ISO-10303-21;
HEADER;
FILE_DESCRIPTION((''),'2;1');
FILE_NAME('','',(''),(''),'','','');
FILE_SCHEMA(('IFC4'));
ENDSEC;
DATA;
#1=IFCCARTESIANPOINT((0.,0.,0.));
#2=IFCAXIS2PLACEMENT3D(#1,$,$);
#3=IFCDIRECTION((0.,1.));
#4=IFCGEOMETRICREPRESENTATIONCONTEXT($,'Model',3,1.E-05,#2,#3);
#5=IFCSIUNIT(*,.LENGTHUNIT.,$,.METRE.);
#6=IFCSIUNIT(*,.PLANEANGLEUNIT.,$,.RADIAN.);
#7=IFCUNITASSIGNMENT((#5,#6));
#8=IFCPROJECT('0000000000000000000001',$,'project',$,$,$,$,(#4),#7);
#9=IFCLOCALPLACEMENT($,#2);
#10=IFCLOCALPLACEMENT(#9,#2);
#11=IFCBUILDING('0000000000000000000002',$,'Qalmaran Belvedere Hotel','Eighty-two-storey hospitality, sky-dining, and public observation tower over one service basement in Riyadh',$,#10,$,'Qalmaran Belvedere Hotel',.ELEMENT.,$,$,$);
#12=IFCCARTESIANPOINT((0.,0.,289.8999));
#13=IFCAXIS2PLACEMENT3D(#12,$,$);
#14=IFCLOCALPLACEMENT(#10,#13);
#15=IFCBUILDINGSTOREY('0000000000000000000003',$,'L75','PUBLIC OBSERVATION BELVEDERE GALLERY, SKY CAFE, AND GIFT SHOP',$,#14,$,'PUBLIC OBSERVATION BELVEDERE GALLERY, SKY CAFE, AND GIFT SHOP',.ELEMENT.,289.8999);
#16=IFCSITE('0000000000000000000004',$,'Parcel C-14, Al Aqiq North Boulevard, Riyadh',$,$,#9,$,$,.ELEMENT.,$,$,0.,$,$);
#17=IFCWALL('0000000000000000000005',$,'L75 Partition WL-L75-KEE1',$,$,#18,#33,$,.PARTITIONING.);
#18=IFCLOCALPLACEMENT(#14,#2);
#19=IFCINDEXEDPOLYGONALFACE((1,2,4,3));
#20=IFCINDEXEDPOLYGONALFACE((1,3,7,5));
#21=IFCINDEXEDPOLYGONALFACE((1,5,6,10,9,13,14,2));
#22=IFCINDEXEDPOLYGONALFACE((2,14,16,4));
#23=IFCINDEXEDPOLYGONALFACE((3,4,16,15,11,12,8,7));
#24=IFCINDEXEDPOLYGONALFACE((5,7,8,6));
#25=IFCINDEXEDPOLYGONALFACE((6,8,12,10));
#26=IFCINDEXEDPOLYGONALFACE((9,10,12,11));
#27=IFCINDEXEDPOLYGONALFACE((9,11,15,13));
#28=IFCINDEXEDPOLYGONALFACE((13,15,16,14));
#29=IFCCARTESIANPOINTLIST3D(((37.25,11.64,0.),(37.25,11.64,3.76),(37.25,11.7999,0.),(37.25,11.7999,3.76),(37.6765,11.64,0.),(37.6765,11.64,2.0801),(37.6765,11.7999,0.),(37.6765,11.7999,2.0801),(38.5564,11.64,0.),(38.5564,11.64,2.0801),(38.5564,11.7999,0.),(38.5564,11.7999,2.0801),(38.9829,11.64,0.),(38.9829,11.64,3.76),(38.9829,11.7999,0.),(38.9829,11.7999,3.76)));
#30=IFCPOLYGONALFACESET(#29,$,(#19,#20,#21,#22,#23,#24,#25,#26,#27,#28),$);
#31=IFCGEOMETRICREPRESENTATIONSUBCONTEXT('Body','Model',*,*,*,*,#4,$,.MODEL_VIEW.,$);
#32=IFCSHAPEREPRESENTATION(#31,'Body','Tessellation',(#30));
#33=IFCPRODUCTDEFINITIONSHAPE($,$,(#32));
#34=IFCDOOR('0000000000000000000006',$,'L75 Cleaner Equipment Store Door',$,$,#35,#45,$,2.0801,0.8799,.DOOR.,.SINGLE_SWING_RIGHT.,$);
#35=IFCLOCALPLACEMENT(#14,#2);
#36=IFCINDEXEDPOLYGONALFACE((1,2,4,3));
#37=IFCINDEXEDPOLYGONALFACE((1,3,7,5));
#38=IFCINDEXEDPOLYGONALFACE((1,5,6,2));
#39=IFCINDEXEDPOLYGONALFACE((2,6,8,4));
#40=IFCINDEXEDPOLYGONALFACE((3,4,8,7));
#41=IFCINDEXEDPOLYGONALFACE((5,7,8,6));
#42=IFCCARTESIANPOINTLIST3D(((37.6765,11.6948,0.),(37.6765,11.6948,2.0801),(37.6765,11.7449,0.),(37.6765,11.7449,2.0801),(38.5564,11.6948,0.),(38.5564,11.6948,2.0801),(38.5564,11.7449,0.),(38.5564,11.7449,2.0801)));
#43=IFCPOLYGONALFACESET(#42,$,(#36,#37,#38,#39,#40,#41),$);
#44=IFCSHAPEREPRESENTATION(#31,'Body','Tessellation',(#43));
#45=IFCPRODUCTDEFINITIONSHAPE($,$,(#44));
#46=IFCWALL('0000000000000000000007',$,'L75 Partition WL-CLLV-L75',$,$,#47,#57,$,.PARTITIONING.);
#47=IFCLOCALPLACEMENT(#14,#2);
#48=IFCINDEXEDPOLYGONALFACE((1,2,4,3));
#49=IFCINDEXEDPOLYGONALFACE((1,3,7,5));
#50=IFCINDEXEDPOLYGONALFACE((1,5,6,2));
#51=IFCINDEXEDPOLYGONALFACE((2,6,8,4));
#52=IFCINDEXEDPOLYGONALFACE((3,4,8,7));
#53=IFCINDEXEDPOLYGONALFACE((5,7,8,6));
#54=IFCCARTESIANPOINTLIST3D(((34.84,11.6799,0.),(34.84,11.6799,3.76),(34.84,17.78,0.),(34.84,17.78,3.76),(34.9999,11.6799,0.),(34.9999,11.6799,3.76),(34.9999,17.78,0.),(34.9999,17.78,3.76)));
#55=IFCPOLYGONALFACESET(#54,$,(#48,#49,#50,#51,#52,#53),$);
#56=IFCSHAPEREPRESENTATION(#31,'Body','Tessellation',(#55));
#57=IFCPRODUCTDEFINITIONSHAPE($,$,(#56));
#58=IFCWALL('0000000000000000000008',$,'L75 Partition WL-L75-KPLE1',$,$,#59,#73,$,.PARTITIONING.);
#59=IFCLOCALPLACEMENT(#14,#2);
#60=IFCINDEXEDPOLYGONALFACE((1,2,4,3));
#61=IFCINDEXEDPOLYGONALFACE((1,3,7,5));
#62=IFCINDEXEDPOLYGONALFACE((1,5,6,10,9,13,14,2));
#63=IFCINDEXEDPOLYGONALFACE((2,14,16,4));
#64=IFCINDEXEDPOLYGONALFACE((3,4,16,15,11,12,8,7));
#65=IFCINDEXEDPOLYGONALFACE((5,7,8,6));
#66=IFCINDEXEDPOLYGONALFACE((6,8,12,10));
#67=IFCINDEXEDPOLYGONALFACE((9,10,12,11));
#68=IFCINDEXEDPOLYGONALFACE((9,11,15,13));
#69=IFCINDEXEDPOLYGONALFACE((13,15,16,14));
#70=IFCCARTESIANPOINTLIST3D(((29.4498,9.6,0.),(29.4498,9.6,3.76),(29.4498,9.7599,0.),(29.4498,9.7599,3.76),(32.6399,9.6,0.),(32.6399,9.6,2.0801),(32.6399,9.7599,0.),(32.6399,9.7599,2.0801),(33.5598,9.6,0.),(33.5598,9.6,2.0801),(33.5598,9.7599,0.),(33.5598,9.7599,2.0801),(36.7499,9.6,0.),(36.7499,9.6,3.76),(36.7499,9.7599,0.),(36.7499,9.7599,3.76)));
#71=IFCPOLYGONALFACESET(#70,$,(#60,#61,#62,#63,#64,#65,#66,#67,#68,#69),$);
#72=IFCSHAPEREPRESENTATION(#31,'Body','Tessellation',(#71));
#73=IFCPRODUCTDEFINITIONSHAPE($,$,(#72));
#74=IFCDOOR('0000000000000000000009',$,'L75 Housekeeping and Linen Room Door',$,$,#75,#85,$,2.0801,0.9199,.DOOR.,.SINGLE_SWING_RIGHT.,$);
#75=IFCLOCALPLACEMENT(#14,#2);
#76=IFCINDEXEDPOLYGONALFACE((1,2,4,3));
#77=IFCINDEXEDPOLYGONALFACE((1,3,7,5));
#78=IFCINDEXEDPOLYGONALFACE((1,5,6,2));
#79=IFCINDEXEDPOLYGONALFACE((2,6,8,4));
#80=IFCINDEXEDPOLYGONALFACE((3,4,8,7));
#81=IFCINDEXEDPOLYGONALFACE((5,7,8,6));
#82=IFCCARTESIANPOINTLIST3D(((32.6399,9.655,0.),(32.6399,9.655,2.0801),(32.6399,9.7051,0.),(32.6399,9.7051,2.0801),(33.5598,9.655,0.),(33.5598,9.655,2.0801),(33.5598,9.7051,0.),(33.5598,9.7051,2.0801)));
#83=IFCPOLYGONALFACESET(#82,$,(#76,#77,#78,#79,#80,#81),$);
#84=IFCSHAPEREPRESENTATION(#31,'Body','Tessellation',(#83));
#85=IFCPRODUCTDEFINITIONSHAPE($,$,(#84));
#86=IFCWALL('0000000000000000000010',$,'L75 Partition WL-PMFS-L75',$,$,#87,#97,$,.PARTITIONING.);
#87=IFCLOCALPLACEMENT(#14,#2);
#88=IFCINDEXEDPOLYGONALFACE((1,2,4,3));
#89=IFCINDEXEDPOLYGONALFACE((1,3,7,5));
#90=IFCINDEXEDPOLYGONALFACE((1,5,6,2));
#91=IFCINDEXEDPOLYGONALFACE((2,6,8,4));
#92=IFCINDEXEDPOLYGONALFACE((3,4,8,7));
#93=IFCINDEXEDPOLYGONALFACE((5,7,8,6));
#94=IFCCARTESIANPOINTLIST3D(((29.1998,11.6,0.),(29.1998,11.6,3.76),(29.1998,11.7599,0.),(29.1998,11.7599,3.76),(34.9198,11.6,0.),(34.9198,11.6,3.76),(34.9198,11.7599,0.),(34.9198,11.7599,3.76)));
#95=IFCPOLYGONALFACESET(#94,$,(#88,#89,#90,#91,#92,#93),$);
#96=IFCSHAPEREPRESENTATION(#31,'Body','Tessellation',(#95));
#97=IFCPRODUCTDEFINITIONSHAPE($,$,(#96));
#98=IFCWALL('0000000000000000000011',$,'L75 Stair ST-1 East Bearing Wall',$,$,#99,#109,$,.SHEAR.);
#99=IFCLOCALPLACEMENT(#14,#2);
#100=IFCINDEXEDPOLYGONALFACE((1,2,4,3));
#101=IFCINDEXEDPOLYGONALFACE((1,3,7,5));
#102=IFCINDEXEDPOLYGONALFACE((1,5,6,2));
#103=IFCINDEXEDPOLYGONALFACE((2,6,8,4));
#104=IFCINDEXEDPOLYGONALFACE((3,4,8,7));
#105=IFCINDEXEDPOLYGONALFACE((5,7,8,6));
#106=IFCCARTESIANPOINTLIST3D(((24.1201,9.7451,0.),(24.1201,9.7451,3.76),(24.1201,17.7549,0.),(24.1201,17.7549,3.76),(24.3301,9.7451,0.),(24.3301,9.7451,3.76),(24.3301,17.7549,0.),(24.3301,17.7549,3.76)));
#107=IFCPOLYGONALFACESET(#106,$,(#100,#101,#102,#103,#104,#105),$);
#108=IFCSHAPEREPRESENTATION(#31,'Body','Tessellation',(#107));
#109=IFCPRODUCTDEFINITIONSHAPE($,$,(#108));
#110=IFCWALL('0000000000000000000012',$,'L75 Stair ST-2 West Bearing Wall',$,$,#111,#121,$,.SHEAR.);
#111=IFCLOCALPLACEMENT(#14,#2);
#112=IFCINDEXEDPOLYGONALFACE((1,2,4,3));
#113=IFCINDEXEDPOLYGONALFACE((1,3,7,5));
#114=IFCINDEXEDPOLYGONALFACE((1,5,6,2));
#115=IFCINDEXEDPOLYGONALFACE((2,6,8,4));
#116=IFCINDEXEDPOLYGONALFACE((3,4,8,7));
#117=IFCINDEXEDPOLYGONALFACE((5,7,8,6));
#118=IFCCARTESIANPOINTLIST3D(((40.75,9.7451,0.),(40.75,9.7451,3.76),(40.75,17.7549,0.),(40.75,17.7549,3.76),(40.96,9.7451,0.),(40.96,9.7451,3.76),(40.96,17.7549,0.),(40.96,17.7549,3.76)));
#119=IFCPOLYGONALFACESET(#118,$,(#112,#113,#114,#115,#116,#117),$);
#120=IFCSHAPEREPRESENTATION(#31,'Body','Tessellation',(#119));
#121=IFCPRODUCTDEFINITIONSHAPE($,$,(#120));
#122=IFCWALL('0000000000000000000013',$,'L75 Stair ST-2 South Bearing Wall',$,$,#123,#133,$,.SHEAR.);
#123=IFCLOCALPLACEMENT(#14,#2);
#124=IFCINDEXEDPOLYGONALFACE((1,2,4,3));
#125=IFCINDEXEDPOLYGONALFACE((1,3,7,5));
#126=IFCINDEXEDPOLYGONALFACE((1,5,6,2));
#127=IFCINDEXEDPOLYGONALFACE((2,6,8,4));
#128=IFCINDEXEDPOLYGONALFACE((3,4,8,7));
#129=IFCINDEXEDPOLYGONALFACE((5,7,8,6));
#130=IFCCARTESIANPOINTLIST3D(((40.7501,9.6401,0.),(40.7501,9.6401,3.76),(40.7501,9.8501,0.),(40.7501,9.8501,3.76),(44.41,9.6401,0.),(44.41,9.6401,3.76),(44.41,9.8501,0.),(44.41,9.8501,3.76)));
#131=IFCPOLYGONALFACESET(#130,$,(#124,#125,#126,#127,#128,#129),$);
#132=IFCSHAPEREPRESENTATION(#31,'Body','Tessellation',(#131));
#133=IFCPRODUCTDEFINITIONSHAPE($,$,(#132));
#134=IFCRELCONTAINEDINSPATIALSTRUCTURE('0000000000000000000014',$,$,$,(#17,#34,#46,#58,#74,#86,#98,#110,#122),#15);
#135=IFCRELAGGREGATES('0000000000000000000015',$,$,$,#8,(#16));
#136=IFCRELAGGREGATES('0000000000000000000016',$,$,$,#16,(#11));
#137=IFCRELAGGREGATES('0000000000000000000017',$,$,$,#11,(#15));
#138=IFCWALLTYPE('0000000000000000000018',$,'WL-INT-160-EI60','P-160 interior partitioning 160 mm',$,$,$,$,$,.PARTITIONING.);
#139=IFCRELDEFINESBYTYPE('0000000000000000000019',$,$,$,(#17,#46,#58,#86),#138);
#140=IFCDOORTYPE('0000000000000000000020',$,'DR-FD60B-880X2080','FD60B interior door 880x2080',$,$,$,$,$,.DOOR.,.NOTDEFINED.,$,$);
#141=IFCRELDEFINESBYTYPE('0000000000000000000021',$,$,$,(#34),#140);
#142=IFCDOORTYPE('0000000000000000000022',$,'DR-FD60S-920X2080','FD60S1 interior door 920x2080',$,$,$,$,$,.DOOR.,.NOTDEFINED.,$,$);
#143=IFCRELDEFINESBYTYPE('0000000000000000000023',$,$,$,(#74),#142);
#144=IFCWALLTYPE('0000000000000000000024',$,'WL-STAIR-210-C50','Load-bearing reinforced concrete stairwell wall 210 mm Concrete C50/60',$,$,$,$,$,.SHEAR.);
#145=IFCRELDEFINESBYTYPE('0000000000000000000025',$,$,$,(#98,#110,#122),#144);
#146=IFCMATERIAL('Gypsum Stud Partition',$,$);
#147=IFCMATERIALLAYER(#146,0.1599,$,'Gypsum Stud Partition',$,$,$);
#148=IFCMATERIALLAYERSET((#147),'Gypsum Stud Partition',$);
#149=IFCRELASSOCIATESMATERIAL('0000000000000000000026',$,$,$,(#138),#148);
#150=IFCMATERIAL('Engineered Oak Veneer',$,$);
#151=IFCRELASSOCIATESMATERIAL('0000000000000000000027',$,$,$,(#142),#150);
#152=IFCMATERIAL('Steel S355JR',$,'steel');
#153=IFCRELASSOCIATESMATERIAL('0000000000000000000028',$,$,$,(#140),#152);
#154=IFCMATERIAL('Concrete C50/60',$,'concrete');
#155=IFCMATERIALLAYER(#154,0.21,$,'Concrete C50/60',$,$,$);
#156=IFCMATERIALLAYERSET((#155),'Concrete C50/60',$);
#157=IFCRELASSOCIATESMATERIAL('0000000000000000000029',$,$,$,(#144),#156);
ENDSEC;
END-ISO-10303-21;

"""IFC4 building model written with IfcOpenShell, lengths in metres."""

from ifc_helpers import new_model, si_unit, direction, frame, frame_2d, origin, place, context, subcontext, project, spatial, rectangle, extrude, material, layer, layer_set, type_object, element, fill, save


model = new_model("IFC4")

# Units and contexts
model_context = context("Model", 3, precision=1e-05, world=origin(), true_north=direction((0.0, 1.0)))
body_context = subcontext(model_context, "Body", "Model", "MODEL_VIEW")
ifc_project = project(units=[si_unit("LENGTHUNIT", "METRE"), si_unit("PLANEANGLEUNIT", "RADIAN")], contexts=[model_context])

# Site, building, storey
site_placement = place(None, origin())
site = spatial("IfcSite", under=ifc_project, at=site_placement, Name="Parcel C-14, Al Aqiq North Boulevard, Riyadh", CompositionType="ELEMENT", RefElevation=0.0)
building_placement = place(site_placement, origin())
building = spatial("IfcBuilding", under=site, at=building_placement, Name="Qalmaran Belvedere Hotel", Description="Eighty-two-storey hospitality, sky-dining, and public observation tower over one service basement in Riyadh", LongName="Qalmaran Belvedere Hotel", CompositionType="ELEMENT")
storey_placement = place(building_placement, frame((0.0, 0.0, 289.8999)))
storey = spatial("IfcBuildingStorey", under=building, at=storey_placement, Name="L75", Description="PUBLIC OBSERVATION BELVEDERE GALLERY, SKY CAFE, AND GIFT SHOP", LongName="PUBLIC OBSERVATION BELVEDERE GALLERY, SKY CAFE, AND GIFT SHOP", CompositionType="ELEMENT", Elevation=289.8999)

# Shared definitions
ifc_material_1 = material(Name="Concrete C50/60", Category="concrete")

# Shared definitions
ifc_material_2 = material(Name="Steel S355JR", Category="steel")

# Shared definitions
ifc_material_3 = material(Name="Gypsum Stud Partition")

# Wall, opening, door
ifc_layer_1 = layer(ifc_material_3, 0.1599, Name="Gypsum Stud Partition")
ifc_layer_set_1 = layer_set([ifc_layer_1], Name="Gypsum Stud Partition")
wall_type_1 = type_object("IfcWallType", Name="WL-INT-160-EI60", Description="P-160 interior partitioning 160 mm", PredefinedType="PARTITIONING", material=ifc_layer_set_1)
ifc_material_4 = material(Name="Engineered Oak Veneer")
door_type_1 = type_object("IfcDoorType", Name="DR-FD60S-920X2080", Description="FD60S1 interior door 920x2080", OperationType="NOTDEFINED", PredefinedType="DOOR", material=ifc_material_4)
wall_1_placement = place(storey_placement, frame((37.25, 11.72, 0.0), z_axis=(0.0, 0.0, 1.0), x_axis=(1.0, 0.0, 0.0)))
wall_1 = element("IfcWall", 1, at=wall_1_placement, inside=storey, type_object=wall_type_1, Name="L75 Partition WL-L75-KEE1", PredefinedType="PARTITIONING", context=body_context, shape_type="SweptSolid", body=[
    extrude(rectangle(XDim=1.7329, YDim=0.1599, at=frame_2d((0.8665, 0.0))), origin(), (0.0, 0.0, 1.0), 3.76),
])
opening_1_placement = place(wall_1_placement, frame((0.4265, 0.0, 0.0)))
opening_1 = element("IfcOpeningElement", 2, at=opening_1_placement, cuts=wall_1, PredefinedType="OPENING", context=body_context, shape_type="SweptSolid", body=[
    extrude(rectangle(XDim=0.8799, YDim=2.0801, at=frame_2d((0.4399, 1.04))), frame((0.0, 0.0898, 0.0), z_axis=(0.0, -1.0, 0.0), x_axis=(1.0, 0.0, 0.0)), (0.0, 0.0, 1.0), 0.1799),
])
door_type_2 = type_object("IfcDoorType", Name="DR-FD60B-880X2080", Description="FD60B interior door 880x2080", OperationType="NOTDEFINED", PredefinedType="DOOR", material=ifc_material_2)
door_1_placement = place(opening_1_placement, origin())
door_1 = element("IfcDoor", 3, at=door_1_placement, inside=storey, type_object=door_type_2, Name="L75 Cleaner Equipment Store Door", OperationType="SINGLE_SWING_RIGHT", OverallHeight=2.0801, OverallWidth=0.8799, PredefinedType="DOOR", context=body_context, shape_type="SweptSolid", body=[
    extrude(rectangle(XDim=0.8799, YDim=2.0801, at=frame_2d((0.4399, 1.04))), frame((0.0, 0.0249, 0.0), z_axis=(0.0, -1.0, 0.0), x_axis=(1.0, 0.0, 0.0)), (0.0, 0.0, 1.0), 0.05),
])
fill(opening_1, door_1)

# Wall
wall_2_placement = place(storey_placement, frame((34.9199, 11.6799, 0.0), z_axis=(0.0, 0.0, 1.0), x_axis=(0.0, 1.0, 0.0)))
element("IfcWall", 4, at=wall_2_placement, inside=storey, type_object=wall_type_1, Name="L75 Partition WL-CLLV-L75", PredefinedType="PARTITIONING", context=body_context, shape_type="SweptSolid", body=[
    extrude(rectangle(XDim=6.1001, YDim=0.1599, at=frame_2d((3.05, 0.0))), origin(), (0.0, 0.0, 1.0), 3.76),
])

# Wall, opening, door
wall_3_placement = place(storey_placement, frame((29.45, 9.6799, 0.0), z_axis=(0.0, 0.0, 1.0), x_axis=(1.0, 0.0, 0.0)))
wall_3 = element("IfcWall", 5, at=wall_3_placement, inside=storey, type_object=wall_type_1, Name="L75 Partition WL-L75-KPLE1", PredefinedType="PARTITIONING", context=body_context, shape_type="SweptSolid", body=[
    extrude(rectangle(XDim=7.3, YDim=0.1599, at=frame_2d((3.6499, 0.0))), origin(), (0.0, 0.0, 1.0), 3.76),
])
opening_2_placement = place(wall_3_placement, frame((4.1099, 0.0, 0.0), z_axis=(0.0, 0.0, 1.0), x_axis=(-1.0, 0.0, 0.0)))
opening_2 = element("IfcOpeningElement", 6, at=opening_2_placement, cuts=wall_3, PredefinedType="OPENING", context=body_context, shape_type="SweptSolid", body=[
    extrude(rectangle(XDim=0.9199, YDim=2.0801, at=frame_2d((0.46, 1.04))), frame((0.0, 0.0898, 0.0), z_axis=(0.0, -1.0, 0.0), x_axis=(1.0, 0.0, 0.0)), (0.0, 0.0, 1.0), 0.1799),
])
door_2_placement = place(opening_2_placement, origin())
door_2 = element("IfcDoor", 7, at=door_2_placement, inside=storey, type_object=door_type_1, Name="L75 Housekeeping and Linen Room Door", OperationType="SINGLE_SWING_RIGHT", OverallHeight=2.0801, OverallWidth=0.9199, PredefinedType="DOOR", context=body_context, shape_type="SweptSolid", body=[
    extrude(rectangle(XDim=0.9199, YDim=2.0801, at=frame_2d((0.46, 1.04))), frame((0.0, 0.0249, 0.0), z_axis=(0.0, -1.0, 0.0), x_axis=(1.0, 0.0, 0.0)), (0.0, 0.0, 1.0), 0.05),
])
fill(opening_2, door_2)

# Walls
wall_4_placement = place(storey_placement, frame((29.2, 11.6799, 0.0), z_axis=(0.0, 0.0, 1.0), x_axis=(1.0, 0.0, 0.0)))
element("IfcWall", 8, at=wall_4_placement, inside=storey, type_object=wall_type_1, Name="L75 Partition WL-PMFS-L75", PredefinedType="PARTITIONING", context=body_context, shape_type="SweptSolid", body=[
    extrude(rectangle(XDim=5.72, YDim=0.1599, at=frame_2d((2.8599, 0.0))), origin(), (0.0, 0.0, 1.0), 3.76),
])
ifc_layer_2 = layer(ifc_material_1, 0.21, Name="Concrete C50/60")
ifc_layer_set_2 = layer_set([ifc_layer_2], Name="Concrete C50/60")
wall_type_2 = type_object("IfcWallType", Name="WL-STAIR-210-C50", Description="Load-bearing reinforced concrete stairwell wall 210 mm Concrete C50/60", PredefinedType="SHEAR", material=ifc_layer_set_2)
for number, where, z_axis, x_axis, name in (
    (9, (24.2251, 9.7451, 0.0), (0.0, 0.0, 1.0), (0.0, 1.0, 0.0), "L75 Stair ST-1 East Bearing Wall"),
    (10, (40.855, 9.7451, 0.0), (0.0, 0.0, 1.0), (0.0, 1.0, 0.0), "L75 Stair ST-2 West Bearing Wall"),
):
    element("IfcWall", number, at=place(storey_placement, frame(where, z_axis=z_axis, x_axis=x_axis)), inside=storey, type_object=wall_type_2, Name=name, PredefinedType="SHEAR", context=body_context, shape_type="SweptSolid", body=[
        extrude(rectangle(XDim=8.0098, YDim=0.21, at=frame_2d((4.0049, 0.0))), origin(), (0.0, 0.0, 1.0), 3.76),
    ])
wall_5_placement = place(storey_placement, frame((40.75, 9.7451, 0.0), z_axis=(0.0, 0.0, 1.0), x_axis=(1.0, 0.0, 0.0)))
element("IfcWall", 11, at=wall_5_placement, inside=storey, type_object=wall_type_2, Name="L75 Stair ST-2 South Bearing Wall", PredefinedType="SHEAR", context=body_context, shape_type="SweptSolid", body=[
    extrude(rectangle(XDim=3.6599, YDim=0.21, at=frame_2d((1.8301, 0.0))), origin(), (0.0, 0.0, 1.0), 3.76),
])

save(model, "model.ifc")
